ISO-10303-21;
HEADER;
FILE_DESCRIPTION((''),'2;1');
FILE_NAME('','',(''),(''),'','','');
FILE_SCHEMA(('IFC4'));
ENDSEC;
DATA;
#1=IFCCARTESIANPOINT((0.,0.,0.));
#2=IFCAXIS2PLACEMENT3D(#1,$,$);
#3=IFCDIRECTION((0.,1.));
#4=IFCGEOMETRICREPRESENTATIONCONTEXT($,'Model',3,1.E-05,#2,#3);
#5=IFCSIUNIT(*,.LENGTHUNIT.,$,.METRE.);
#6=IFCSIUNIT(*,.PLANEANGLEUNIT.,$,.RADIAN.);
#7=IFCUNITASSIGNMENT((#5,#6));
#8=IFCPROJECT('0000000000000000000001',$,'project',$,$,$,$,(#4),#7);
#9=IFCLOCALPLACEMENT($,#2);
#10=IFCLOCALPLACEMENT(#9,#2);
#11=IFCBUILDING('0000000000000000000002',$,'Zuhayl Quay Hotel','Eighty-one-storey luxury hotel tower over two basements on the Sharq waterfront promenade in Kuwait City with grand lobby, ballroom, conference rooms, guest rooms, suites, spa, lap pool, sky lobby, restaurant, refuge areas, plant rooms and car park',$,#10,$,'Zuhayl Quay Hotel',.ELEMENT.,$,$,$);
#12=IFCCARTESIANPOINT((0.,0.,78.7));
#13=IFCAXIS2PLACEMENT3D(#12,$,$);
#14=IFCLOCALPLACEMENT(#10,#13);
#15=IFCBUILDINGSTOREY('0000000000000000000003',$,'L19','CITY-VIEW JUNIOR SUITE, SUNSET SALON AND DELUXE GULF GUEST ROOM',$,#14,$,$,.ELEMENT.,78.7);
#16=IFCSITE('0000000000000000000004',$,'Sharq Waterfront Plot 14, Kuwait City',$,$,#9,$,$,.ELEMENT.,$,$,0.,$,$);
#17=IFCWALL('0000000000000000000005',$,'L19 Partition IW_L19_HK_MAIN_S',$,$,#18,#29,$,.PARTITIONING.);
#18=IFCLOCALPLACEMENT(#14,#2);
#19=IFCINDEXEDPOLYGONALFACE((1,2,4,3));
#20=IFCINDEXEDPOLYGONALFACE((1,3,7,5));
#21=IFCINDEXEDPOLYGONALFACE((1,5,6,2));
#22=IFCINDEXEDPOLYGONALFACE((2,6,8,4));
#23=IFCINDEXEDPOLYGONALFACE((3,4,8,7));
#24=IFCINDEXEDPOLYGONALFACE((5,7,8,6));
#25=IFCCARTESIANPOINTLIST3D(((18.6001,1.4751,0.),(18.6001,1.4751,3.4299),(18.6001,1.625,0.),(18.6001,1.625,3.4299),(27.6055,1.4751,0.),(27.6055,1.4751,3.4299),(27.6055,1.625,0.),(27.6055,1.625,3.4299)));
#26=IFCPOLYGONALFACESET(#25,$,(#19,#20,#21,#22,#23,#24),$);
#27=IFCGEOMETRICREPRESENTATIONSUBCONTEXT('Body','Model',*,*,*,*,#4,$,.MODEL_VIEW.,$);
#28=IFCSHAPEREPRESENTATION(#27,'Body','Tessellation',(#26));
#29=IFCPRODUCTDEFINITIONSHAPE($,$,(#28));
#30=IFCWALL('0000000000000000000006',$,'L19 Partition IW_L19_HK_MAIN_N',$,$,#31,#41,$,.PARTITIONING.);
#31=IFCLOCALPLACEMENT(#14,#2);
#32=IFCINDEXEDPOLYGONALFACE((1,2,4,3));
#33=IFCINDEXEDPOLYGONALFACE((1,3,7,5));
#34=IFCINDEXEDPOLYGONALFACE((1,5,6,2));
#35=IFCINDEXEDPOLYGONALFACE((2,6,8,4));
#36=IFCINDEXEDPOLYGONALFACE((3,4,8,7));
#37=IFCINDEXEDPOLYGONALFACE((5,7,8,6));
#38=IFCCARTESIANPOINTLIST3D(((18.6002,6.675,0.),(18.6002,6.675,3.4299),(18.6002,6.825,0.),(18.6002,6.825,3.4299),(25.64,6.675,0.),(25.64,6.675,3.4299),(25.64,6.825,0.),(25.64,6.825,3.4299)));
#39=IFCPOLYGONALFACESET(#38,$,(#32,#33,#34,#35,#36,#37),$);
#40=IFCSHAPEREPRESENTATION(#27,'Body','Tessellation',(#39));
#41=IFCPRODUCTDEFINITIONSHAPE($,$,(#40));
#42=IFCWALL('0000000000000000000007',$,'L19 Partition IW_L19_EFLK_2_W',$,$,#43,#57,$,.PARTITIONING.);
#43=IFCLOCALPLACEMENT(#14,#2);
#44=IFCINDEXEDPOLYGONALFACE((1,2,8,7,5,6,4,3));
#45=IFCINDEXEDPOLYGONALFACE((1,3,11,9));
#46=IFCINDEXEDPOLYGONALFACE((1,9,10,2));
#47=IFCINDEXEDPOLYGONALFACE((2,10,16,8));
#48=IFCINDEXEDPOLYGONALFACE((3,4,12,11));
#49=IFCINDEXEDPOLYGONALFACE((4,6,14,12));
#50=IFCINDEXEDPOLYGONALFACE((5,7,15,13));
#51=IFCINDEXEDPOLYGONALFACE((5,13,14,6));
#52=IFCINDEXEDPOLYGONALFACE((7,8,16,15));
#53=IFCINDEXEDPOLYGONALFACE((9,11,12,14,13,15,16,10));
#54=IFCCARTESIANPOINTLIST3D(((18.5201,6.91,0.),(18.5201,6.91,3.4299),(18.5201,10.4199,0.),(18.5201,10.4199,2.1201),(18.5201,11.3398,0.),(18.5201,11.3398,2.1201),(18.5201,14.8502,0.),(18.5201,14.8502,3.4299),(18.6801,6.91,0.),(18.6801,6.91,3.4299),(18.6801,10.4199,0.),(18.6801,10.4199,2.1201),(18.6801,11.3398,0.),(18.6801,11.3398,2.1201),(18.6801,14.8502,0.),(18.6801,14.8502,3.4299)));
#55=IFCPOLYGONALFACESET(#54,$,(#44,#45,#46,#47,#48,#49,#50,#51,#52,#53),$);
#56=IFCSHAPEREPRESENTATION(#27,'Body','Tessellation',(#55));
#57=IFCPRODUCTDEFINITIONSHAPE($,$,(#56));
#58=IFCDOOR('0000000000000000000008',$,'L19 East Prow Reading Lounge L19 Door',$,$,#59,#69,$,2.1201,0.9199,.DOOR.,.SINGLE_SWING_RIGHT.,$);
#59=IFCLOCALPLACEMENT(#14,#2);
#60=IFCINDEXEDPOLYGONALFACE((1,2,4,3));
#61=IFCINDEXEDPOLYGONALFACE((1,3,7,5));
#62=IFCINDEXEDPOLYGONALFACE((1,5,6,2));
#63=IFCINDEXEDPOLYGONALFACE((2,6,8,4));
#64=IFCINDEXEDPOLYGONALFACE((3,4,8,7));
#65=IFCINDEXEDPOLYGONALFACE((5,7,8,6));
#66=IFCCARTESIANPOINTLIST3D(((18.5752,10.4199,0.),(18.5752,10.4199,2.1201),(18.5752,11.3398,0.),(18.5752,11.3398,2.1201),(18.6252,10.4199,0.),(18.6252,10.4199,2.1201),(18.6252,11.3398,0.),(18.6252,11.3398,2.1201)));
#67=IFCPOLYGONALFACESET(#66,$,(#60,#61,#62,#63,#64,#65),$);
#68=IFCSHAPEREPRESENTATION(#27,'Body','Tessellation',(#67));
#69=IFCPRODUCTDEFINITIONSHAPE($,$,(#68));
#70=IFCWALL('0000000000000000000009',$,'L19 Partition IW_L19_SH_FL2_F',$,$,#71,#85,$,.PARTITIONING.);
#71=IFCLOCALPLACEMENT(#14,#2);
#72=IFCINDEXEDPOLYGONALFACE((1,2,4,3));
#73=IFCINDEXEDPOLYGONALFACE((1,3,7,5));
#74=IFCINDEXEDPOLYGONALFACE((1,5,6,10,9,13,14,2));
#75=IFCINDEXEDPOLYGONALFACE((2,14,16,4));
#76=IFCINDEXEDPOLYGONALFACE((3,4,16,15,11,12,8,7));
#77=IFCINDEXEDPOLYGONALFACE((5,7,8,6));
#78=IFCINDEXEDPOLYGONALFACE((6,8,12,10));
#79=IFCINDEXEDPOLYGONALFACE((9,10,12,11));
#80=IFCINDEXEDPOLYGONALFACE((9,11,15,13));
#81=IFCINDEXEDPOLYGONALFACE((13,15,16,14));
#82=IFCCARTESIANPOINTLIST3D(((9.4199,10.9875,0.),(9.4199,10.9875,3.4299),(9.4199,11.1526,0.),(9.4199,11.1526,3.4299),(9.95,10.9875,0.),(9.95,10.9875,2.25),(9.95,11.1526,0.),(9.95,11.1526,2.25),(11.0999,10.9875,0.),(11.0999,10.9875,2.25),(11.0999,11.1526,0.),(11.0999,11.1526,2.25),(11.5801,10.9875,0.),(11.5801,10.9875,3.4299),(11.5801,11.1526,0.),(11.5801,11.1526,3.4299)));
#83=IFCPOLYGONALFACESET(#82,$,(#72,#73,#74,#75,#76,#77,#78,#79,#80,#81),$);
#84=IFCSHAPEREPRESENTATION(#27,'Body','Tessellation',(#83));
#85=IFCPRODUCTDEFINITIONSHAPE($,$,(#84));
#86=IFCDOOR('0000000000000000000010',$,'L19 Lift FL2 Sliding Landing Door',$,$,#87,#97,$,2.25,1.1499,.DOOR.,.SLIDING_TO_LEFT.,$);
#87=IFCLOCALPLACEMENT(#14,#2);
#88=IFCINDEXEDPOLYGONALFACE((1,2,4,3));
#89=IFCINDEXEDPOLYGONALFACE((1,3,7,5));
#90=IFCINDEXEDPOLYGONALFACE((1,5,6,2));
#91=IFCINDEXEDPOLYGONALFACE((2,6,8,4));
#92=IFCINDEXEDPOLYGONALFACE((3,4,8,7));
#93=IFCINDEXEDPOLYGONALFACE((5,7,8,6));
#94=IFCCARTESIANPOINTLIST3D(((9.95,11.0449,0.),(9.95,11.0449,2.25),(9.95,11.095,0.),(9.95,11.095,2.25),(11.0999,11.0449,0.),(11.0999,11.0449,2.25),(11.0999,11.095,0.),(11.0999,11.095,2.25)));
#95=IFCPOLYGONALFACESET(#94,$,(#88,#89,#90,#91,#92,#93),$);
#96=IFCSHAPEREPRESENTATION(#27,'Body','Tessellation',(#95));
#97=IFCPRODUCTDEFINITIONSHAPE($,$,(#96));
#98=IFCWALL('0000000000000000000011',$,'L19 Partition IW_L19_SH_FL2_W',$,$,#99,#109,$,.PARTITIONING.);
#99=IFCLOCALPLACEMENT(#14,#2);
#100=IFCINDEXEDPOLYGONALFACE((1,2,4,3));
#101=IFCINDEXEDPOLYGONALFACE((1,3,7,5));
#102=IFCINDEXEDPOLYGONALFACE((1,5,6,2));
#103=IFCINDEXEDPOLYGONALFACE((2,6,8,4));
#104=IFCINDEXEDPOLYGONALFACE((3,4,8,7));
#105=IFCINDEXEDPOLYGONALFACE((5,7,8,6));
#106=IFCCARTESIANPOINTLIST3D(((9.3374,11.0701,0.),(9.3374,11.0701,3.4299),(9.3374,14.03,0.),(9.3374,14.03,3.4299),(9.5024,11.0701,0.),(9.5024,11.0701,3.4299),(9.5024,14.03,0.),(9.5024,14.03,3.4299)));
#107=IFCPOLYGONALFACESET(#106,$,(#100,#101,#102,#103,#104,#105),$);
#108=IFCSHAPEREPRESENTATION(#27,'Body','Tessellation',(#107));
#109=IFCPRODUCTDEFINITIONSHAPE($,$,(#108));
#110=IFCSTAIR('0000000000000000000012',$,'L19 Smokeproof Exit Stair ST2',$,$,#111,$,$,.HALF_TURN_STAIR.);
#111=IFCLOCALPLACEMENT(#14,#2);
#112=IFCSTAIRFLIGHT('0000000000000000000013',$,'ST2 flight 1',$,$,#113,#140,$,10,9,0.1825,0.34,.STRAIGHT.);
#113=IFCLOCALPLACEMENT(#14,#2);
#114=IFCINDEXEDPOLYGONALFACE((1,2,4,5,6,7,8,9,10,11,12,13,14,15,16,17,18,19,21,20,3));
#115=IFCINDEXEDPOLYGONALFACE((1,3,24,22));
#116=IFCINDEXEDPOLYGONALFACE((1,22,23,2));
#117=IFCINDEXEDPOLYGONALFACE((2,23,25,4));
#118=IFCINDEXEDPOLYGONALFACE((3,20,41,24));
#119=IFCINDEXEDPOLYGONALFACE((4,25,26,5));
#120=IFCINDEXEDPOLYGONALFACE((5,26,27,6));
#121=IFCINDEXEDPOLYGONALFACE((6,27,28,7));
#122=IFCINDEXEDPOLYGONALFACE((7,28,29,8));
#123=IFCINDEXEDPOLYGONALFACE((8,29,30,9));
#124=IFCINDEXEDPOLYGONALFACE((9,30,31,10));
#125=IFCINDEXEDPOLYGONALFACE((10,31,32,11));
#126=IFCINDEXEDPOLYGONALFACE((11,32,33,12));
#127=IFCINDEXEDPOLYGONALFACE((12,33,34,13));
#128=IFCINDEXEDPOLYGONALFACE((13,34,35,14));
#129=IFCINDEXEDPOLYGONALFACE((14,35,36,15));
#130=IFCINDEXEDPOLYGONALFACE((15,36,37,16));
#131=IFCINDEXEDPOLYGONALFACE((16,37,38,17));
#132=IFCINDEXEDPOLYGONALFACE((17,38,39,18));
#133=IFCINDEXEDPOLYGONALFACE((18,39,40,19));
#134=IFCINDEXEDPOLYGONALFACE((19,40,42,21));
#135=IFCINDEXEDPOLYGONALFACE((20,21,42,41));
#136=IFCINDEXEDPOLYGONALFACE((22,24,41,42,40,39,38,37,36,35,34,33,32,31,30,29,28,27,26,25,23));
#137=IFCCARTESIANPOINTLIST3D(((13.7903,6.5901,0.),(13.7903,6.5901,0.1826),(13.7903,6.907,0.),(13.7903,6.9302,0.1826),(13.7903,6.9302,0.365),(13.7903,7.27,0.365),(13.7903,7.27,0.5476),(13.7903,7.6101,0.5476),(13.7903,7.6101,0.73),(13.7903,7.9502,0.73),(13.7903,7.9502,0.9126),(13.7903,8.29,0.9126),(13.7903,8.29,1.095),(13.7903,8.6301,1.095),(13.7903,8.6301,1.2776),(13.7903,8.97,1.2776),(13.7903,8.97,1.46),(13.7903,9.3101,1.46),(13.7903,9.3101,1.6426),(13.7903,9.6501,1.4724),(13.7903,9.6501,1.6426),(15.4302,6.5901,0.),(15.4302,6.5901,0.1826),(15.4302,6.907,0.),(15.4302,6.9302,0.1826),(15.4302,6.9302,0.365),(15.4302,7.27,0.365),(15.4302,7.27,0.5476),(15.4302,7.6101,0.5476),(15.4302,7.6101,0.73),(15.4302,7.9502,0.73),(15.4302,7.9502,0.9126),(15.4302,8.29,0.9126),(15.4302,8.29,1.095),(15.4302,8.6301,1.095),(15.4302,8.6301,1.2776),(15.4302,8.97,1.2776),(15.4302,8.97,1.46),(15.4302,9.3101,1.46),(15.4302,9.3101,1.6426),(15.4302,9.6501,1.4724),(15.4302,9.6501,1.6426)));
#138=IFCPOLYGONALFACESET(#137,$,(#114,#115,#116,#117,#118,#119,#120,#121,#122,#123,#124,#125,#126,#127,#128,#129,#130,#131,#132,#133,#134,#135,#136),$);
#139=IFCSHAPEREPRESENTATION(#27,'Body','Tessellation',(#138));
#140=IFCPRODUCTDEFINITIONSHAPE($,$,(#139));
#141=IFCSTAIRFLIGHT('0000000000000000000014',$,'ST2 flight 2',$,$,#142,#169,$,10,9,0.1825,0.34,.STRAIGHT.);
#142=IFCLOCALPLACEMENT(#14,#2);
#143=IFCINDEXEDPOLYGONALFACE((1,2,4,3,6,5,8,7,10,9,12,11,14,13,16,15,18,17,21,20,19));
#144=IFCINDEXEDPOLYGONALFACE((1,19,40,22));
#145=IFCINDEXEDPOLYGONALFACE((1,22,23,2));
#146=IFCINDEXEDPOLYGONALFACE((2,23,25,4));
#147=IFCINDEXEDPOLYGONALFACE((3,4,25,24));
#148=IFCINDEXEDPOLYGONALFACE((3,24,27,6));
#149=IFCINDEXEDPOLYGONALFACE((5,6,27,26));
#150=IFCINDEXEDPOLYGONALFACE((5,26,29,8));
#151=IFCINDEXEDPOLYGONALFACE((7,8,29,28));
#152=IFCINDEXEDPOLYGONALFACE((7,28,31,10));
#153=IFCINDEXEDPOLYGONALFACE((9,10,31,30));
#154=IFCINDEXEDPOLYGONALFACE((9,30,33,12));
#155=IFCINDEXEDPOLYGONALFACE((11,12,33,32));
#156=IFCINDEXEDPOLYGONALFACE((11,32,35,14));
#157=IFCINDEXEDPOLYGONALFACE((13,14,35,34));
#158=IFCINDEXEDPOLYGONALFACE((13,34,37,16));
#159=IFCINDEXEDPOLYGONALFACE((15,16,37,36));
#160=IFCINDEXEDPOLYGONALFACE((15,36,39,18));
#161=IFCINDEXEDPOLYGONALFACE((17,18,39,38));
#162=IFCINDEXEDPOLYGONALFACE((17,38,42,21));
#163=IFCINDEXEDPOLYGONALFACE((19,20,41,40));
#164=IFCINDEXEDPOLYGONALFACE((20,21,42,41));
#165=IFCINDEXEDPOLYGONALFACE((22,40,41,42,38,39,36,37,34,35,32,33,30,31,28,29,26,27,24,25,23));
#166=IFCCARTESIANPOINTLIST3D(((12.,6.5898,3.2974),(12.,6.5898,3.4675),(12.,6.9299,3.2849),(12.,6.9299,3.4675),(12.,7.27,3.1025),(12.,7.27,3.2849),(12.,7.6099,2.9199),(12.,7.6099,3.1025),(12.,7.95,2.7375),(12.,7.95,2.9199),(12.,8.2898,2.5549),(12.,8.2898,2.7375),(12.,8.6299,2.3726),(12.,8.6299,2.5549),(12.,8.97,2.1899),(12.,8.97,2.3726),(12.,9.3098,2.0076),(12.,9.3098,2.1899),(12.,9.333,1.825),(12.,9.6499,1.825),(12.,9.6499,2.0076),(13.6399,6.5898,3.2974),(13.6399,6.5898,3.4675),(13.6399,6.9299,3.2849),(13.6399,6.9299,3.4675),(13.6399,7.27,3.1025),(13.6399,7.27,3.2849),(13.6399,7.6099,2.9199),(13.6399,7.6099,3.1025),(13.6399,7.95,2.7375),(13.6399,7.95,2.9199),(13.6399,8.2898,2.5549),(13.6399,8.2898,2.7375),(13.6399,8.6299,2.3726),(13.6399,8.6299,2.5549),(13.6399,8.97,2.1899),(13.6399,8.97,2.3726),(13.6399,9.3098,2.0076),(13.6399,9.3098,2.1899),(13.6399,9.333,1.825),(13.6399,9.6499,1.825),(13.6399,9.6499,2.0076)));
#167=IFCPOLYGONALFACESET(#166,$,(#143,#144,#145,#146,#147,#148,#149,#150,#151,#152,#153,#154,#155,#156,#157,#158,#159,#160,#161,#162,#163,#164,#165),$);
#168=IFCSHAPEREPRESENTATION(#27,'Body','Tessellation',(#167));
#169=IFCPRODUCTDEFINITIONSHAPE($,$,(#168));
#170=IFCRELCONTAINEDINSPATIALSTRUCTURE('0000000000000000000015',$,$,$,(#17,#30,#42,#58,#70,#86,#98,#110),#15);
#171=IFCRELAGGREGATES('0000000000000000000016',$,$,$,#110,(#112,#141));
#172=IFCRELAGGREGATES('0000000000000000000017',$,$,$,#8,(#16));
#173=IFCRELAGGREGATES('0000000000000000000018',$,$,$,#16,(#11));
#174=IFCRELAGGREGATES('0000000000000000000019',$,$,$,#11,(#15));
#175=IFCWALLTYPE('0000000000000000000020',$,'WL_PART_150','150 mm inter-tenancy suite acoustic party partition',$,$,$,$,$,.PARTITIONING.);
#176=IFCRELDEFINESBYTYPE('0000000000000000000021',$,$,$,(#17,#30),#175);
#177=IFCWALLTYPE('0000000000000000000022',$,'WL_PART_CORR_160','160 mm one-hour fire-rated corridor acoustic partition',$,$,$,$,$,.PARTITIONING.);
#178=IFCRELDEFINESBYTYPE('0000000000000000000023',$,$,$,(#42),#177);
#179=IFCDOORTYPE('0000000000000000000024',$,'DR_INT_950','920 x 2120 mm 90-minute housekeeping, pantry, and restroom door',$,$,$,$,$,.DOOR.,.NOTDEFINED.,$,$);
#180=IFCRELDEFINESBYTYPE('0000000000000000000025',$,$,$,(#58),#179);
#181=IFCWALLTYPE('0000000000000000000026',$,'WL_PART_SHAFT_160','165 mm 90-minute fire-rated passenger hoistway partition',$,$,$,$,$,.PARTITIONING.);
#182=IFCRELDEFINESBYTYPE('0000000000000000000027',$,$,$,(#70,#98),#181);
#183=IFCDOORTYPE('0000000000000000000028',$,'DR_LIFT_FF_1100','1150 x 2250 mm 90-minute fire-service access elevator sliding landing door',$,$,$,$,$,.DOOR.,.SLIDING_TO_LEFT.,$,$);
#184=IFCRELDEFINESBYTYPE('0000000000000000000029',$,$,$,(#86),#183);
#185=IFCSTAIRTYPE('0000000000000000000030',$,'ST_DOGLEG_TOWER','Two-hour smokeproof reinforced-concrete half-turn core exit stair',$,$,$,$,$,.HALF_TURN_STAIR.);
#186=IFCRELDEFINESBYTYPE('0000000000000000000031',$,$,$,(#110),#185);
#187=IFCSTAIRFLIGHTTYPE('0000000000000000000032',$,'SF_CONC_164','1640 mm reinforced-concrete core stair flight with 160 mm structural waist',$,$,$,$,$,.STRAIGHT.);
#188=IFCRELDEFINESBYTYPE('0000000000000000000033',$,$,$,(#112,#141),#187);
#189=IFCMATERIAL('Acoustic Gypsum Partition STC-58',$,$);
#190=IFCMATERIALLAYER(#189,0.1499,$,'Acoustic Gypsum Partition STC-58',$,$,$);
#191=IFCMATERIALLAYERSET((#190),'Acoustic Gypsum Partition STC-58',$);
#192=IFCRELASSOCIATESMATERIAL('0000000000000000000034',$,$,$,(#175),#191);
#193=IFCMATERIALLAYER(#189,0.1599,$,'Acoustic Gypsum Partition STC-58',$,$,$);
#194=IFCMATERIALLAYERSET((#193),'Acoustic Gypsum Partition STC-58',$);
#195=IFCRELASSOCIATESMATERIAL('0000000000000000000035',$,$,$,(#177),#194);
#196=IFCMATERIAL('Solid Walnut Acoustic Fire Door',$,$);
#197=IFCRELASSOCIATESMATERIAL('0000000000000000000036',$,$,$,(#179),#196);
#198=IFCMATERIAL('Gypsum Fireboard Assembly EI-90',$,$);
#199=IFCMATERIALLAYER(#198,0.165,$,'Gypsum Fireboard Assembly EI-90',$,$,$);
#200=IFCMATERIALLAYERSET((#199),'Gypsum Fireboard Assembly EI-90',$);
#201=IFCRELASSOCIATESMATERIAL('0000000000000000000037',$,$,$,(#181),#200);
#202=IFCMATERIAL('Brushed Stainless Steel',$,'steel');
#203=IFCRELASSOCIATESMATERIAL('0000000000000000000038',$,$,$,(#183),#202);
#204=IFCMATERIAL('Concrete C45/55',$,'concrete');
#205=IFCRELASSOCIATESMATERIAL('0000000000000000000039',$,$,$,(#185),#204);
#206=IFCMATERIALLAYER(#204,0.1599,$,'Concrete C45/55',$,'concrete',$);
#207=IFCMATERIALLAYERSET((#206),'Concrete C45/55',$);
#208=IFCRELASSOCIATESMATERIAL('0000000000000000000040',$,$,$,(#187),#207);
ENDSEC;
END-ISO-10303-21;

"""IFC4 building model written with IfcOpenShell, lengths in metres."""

from ifc_helpers import new_model, si_unit, direction, frame, frame_2d, origin, place, context, subcontext, project, spatial, polyline, rectangle, outline, extrude, material, layer, layer_set, type_object, element, fill, aggregate, save


model = new_model("IFC4")

# Units and contexts
model_context = context("Model", 3, precision=1e-05, world=origin(), true_north=direction((0.0, 1.0)))
body_context = subcontext(model_context, "Body", "Model", "MODEL_VIEW")
ifc_project = project(units=[si_unit("LENGTHUNIT", "METRE"), si_unit("PLANEANGLEUNIT", "RADIAN")], contexts=[model_context])

# Site, building, storey
site_placement = place(None, origin())
site = spatial("IfcSite", under=ifc_project, at=site_placement, Name="Sharq Waterfront Plot 14, Kuwait City", CompositionType="ELEMENT", RefElevation=0.0)
building_placement = place(site_placement, origin())
building = spatial("IfcBuilding", under=site, at=building_placement, Name="Zuhayl Quay Hotel", Description="Eighty-one-storey luxury hotel tower over two basements on the Sharq waterfront promenade in Kuwait City with grand lobby, ballroom, conference rooms, guest rooms, suites, spa, lap pool, sky lobby, restaurant, refuge areas, plant rooms and car park", LongName="Zuhayl Quay Hotel", CompositionType="ELEMENT")
storey_placement = place(building_placement, frame((0.0, 0.0, 78.7)))
storey = spatial("IfcBuildingStorey", under=building, at=storey_placement, Name="L19", Description="CITY-VIEW JUNIOR SUITE, SUNSET SALON AND DELUXE GULF GUEST ROOM", CompositionType="ELEMENT", Elevation=78.7)

# Walls
ifc_material_1 = material(Name="Acoustic Gypsum Partition STC-58")
ifc_layer_1 = layer(ifc_material_1, 0.1499, Name="Acoustic Gypsum Partition STC-58")
ifc_layer_set_1 = layer_set([ifc_layer_1], Name="Acoustic Gypsum Partition STC-58")
wall_type_1 = type_object("IfcWallType", Name="WL_PART_150", Description="150 mm inter-tenancy suite acoustic party partition", PredefinedType="PARTITIONING", material=ifc_layer_set_1)
wall_1_placement = place(storey_placement, frame((18.6001, 1.55, 0.0), z_axis=(0.0, 0.0, 1.0), x_axis=(1.0, 0.0, 0.0)))
element("IfcWall", 1, at=wall_1_placement, inside=storey, type_object=wall_type_1, Name="L19 Partition IW_L19_HK_MAIN_S", PredefinedType="PARTITIONING", context=body_context, shape_type="SweptSolid", body=[
    extrude(rectangle(XDim=9.0054, YDim=0.1499, at=frame_2d((4.5027, 0.0))), origin(), (0.0, 0.0, 1.0), 3.4299),
])
wall_2_placement = place(storey_placement, frame((18.6001, 6.75, 0.0), z_axis=(0.0, 0.0, 1.0), x_axis=(1.0, 0.0, 0.0)))
element("IfcWall", 2, at=wall_2_placement, inside=storey, type_object=wall_type_1, Name="L19 Partition IW_L19_HK_MAIN_N", PredefinedType="PARTITIONING", context=body_context, shape_type="SweptSolid", body=[
    extrude(rectangle(XDim=7.0398, YDim=0.1499, at=frame_2d((3.52, 0.0))), origin(), (0.0, 0.0, 1.0), 3.4299),
])

# Walls, openings, doors
ifc_layer_2 = layer(ifc_material_1, 0.1599, Name="Acoustic Gypsum Partition STC-58")
ifc_layer_set_2 = layer_set([ifc_layer_2], Name="Acoustic Gypsum Partition STC-58")
wall_type_2 = type_object("IfcWallType", Name="WL_PART_CORR_160", Description="160 mm one-hour fire-rated corridor acoustic partition", PredefinedType="PARTITIONING", material=ifc_layer_set_2)
wall_3_placement = place(storey_placement, frame((18.6001, 6.9099, 0.0), z_axis=(0.0, 0.0, 1.0), x_axis=(0.0, 1.0, 0.0)))
wall_3 = element("IfcWall", 3, at=wall_3_placement, inside=storey, type_object=wall_type_2, Name="L19 Partition IW_L19_EFLK_2_W", PredefinedType="PARTITIONING", context=body_context, shape_type="SweptSolid", body=[
    extrude(rectangle(XDim=7.9402, YDim=0.1599, at=frame_2d((3.9702, 0.0))), origin(), (0.0, 0.0, 1.0), 3.4299),
])
opening_1_placement = place(wall_3_placement, frame((3.51, 0.0, 0.0)))
opening_1 = element("IfcOpeningElement", 4, at=opening_1_placement, cuts=wall_3, PredefinedType="OPENING", context=body_context, shape_type="SweptSolid", body=[
    extrude(rectangle(XDim=0.9199, YDim=2.1201, at=frame_2d((0.46, 1.0601))), frame((0.0, 0.0898, 0.0), z_axis=(0.0, -1.0, 0.0), x_axis=(1.0, 0.0, 0.0)), (0.0, 0.0, 1.0), 0.1799),
])
ifc_material_2 = material(Name="Solid Walnut Acoustic Fire Door")
door_type_1 = type_object("IfcDoorType", Name="DR_INT_950", Description="920 x 2120 mm 90-minute housekeeping, pantry, and restroom door", OperationType="NOTDEFINED", PredefinedType="DOOR", material=ifc_material_2)
door_1_placement = place(opening_1_placement, origin())
door_1 = element("IfcDoor", 5, at=door_1_placement, inside=storey, type_object=door_type_1, Name="L19 East Prow Reading Lounge L19 Door", OperationType="SINGLE_SWING_RIGHT", OverallHeight=2.1201, OverallWidth=0.9199, PredefinedType="DOOR", context=body_context, shape_type="SweptSolid", body=[
    extrude(rectangle(XDim=0.9199, YDim=2.1201, at=frame_2d((0.46, 1.0601))), frame((0.0, 0.0249, 0.0), z_axis=(0.0, -1.0, 0.0), x_axis=(1.0, 0.0, 0.0)), (0.0, 0.0, 1.0), 0.05),
])
fill(opening_1, door_1)
ifc_material_3 = material(Name="Gypsum Fireboard Assembly EI-90")
ifc_layer_3 = layer(ifc_material_3, 0.165, Name="Gypsum Fireboard Assembly EI-90")
ifc_layer_set_3 = layer_set([ifc_layer_3], Name="Gypsum Fireboard Assembly EI-90")
wall_type_3 = type_object("IfcWallType", Name="WL_PART_SHAFT_160", Description="165 mm 90-minute fire-rated passenger hoistway partition", PredefinedType="PARTITIONING", material=ifc_layer_set_3)
wall_4_placement = place(storey_placement, frame((9.4199, 11.0701, 0.0), z_axis=(0.0, 0.0, 1.0), x_axis=(1.0, 0.0, 0.0)))
wall_4 = element("IfcWall", 6, at=wall_4_placement, inside=storey, type_object=wall_type_3, Name="L19 Partition IW_L19_SH_FL2_F", PredefinedType="PARTITIONING", context=body_context, shape_type="SweptSolid", body=[
    extrude(rectangle(XDim=2.1602, YDim=0.165, at=frame_2d((1.0801, 0.0))), origin(), (0.0, 0.0, 1.0), 3.4299),
])
opening_2_placement = place(wall_4_placement, frame((0.53, 0.0, 0.0)))
opening_2 = element("IfcOpeningElement", 7, at=opening_2_placement, cuts=wall_4, PredefinedType="OPENING", context=body_context, shape_type="SweptSolid", body=[
    extrude(rectangle(XDim=1.1499, YDim=2.25, at=frame_2d((0.575, 1.125))), frame((0.0, 0.0925, 0.0), z_axis=(0.0, -1.0, 0.0), x_axis=(1.0, 0.0, 0.0)), (0.0, 0.0, 1.0), 0.1851),
])
ifc_material_4 = material(Name="Brushed Stainless Steel", Category="steel")
door_type_2 = type_object("IfcDoorType", Name="DR_LIFT_FF_1100", Description="1150 x 2250 mm 90-minute fire-service access elevator sliding landing door", OperationType="SLIDING_TO_LEFT", PredefinedType="DOOR", material=ifc_material_4)
door_2_placement = place(opening_2_placement, origin())
door_2 = element("IfcDoor", 8, at=door_2_placement, inside=storey, type_object=door_type_2, Name="L19 Lift FL2 Sliding Landing Door", OperationType="SLIDING_TO_LEFT", OverallHeight=2.25, OverallWidth=1.1499, PredefinedType="DOOR", context=body_context, shape_type="SweptSolid", body=[
    extrude(rectangle(XDim=1.1499, YDim=2.25, at=frame_2d((0.575, 1.125))), frame((0.0, 0.0249, 0.0), z_axis=(0.0, -1.0, 0.0), x_axis=(1.0, 0.0, 0.0)), (0.0, 0.0, 1.0), 0.05),
])
fill(opening_2, door_2)

# Wall
wall_5_placement = place(storey_placement, frame((9.4199, 11.0701, 0.0), z_axis=(0.0, 0.0, 1.0), x_axis=(0.0, 1.0, 0.0)))
element("IfcWall", 9, at=wall_5_placement, inside=storey, type_object=wall_type_3, Name="L19 Partition IW_L19_SH_FL2_W", PredefinedType="PARTITIONING", context=body_context, shape_type="SweptSolid", body=[
    extrude(rectangle(XDim=2.96, YDim=0.165, at=frame_2d((1.48, 0.0))), origin(), (0.0, 0.0, 1.0), 3.4299),
])

# Stair, stair flights
ifc_material_5 = material(Name="Concrete C45/55", Category="concrete")
stair_type = type_object("IfcStairType", Name="ST_DOGLEG_TOWER", Description="Two-hour smokeproof reinforced-concrete half-turn core exit stair", PredefinedType="HALF_TURN_STAIR", material=ifc_material_5)
stair_placement = place(storey_placement, origin())
stair = element("IfcStair", 10, at=stair_placement, inside=storey, type_object=stair_type, Name="L19 Smokeproof Exit Stair ST2", PredefinedType="HALF_TURN_STAIR")
ifc_layer_4 = layer(ifc_material_5, 0.1599, Name="Concrete C45/55", Category="concrete")
ifc_layer_set_4 = layer_set([ifc_layer_4], Name="Concrete C45/55")
stair_flight_type = type_object("IfcStairFlightType", Name="SF_CONC_164", Description="1640 mm reinforced-concrete core stair flight with 160 mm structural waist", PredefinedType="STRAIGHT", material=ifc_layer_set_4)
stair_flight_1_placement = place(storey_placement, frame((14.6101, 6.5901, 0.0), z_axis=(0.0, 0.0, 1.0), x_axis=(0.0, 1.0, 0.0)))
stair_flight_1 = element("IfcStairFlight", 11, at=stair_flight_1_placement, type_object=stair_flight_type, Name="ST2 flight 1", NumberOfRisers=10, NumberOfTreads=9, PredefinedType="STRAIGHT", RiserHeight=0.1825, TreadLength=0.34, context=body_context, shape_type="SweptSolid", body=[
    extrude(outline(polyline([(0.0, 0.0), (0.0, 0.1826), (0.3401, 0.1826), (0.3401, 0.365), (0.6799, 0.365), (0.6799, 0.5476), (1.02, 0.5476), (1.02, 0.73), (1.3601, 0.73), (1.3601, 0.9126), (1.7, 0.9126), (1.7, 1.095), (2.04, 1.095), (2.04, 1.2776), (2.3799, 1.2776), (2.3799, 1.46), (2.72, 1.46), (2.72, 1.6426), (3.0601, 1.6426), (3.0601, 1.825), (3.0601, 1.4724), (0.3169, 0.0), (0.0, 0.0)])), frame((0.0, 0.8198, 0.0), z_axis=(0.0, -1.0, 0.0), x_axis=(1.0, 0.0, 0.0)), (0.0, 0.0, 1.0), 1.6399),
])
stair_flight_2_placement = place(storey_placement, frame((12.8201, 9.6499, 1.825), z_axis=(0.0, 0.0, 1.0), x_axis=(0.0, -1.0, 0.0)))
stair_flight_2 = element("IfcStairFlight", 12, at=stair_flight_2_placement, type_object=stair_flight_type, Name="ST2 flight 2", NumberOfRisers=10, NumberOfTreads=9, PredefinedType="STRAIGHT", RiserHeight=0.1825, TreadLength=0.34, context=body_context, shape_type="SweptSolid", body=[
    extrude(outline(polyline([(0.0, 0.0), (0.0, 0.1826), (0.3401, 0.1826), (0.3401, 0.365), (0.6799, 0.365), (0.6799, 0.5476), (1.02, 0.5476), (1.02, 0.73), (1.3601, 0.73), (1.3601, 0.9126), (1.7, 0.9126), (1.7, 1.095), (2.04, 1.095), (2.04, 1.2776), (2.3799, 1.2776), (2.3799, 1.46), (2.72, 1.46), (2.72, 1.6426), (3.0601, 1.6426), (3.0601, 1.825), (3.0601, 1.4724), (0.3169, 0.0), (0.0, 0.0)])), frame((0.0, 0.8198, 0.0), z_axis=(0.0, -1.0, 0.0), x_axis=(1.0, 0.0, 0.0)), (0.0, 0.0, 1.0), 1.6399),
])
aggregate(stair, [stair_flight_1, stair_flight_2])

save(model, "model.ifc")
